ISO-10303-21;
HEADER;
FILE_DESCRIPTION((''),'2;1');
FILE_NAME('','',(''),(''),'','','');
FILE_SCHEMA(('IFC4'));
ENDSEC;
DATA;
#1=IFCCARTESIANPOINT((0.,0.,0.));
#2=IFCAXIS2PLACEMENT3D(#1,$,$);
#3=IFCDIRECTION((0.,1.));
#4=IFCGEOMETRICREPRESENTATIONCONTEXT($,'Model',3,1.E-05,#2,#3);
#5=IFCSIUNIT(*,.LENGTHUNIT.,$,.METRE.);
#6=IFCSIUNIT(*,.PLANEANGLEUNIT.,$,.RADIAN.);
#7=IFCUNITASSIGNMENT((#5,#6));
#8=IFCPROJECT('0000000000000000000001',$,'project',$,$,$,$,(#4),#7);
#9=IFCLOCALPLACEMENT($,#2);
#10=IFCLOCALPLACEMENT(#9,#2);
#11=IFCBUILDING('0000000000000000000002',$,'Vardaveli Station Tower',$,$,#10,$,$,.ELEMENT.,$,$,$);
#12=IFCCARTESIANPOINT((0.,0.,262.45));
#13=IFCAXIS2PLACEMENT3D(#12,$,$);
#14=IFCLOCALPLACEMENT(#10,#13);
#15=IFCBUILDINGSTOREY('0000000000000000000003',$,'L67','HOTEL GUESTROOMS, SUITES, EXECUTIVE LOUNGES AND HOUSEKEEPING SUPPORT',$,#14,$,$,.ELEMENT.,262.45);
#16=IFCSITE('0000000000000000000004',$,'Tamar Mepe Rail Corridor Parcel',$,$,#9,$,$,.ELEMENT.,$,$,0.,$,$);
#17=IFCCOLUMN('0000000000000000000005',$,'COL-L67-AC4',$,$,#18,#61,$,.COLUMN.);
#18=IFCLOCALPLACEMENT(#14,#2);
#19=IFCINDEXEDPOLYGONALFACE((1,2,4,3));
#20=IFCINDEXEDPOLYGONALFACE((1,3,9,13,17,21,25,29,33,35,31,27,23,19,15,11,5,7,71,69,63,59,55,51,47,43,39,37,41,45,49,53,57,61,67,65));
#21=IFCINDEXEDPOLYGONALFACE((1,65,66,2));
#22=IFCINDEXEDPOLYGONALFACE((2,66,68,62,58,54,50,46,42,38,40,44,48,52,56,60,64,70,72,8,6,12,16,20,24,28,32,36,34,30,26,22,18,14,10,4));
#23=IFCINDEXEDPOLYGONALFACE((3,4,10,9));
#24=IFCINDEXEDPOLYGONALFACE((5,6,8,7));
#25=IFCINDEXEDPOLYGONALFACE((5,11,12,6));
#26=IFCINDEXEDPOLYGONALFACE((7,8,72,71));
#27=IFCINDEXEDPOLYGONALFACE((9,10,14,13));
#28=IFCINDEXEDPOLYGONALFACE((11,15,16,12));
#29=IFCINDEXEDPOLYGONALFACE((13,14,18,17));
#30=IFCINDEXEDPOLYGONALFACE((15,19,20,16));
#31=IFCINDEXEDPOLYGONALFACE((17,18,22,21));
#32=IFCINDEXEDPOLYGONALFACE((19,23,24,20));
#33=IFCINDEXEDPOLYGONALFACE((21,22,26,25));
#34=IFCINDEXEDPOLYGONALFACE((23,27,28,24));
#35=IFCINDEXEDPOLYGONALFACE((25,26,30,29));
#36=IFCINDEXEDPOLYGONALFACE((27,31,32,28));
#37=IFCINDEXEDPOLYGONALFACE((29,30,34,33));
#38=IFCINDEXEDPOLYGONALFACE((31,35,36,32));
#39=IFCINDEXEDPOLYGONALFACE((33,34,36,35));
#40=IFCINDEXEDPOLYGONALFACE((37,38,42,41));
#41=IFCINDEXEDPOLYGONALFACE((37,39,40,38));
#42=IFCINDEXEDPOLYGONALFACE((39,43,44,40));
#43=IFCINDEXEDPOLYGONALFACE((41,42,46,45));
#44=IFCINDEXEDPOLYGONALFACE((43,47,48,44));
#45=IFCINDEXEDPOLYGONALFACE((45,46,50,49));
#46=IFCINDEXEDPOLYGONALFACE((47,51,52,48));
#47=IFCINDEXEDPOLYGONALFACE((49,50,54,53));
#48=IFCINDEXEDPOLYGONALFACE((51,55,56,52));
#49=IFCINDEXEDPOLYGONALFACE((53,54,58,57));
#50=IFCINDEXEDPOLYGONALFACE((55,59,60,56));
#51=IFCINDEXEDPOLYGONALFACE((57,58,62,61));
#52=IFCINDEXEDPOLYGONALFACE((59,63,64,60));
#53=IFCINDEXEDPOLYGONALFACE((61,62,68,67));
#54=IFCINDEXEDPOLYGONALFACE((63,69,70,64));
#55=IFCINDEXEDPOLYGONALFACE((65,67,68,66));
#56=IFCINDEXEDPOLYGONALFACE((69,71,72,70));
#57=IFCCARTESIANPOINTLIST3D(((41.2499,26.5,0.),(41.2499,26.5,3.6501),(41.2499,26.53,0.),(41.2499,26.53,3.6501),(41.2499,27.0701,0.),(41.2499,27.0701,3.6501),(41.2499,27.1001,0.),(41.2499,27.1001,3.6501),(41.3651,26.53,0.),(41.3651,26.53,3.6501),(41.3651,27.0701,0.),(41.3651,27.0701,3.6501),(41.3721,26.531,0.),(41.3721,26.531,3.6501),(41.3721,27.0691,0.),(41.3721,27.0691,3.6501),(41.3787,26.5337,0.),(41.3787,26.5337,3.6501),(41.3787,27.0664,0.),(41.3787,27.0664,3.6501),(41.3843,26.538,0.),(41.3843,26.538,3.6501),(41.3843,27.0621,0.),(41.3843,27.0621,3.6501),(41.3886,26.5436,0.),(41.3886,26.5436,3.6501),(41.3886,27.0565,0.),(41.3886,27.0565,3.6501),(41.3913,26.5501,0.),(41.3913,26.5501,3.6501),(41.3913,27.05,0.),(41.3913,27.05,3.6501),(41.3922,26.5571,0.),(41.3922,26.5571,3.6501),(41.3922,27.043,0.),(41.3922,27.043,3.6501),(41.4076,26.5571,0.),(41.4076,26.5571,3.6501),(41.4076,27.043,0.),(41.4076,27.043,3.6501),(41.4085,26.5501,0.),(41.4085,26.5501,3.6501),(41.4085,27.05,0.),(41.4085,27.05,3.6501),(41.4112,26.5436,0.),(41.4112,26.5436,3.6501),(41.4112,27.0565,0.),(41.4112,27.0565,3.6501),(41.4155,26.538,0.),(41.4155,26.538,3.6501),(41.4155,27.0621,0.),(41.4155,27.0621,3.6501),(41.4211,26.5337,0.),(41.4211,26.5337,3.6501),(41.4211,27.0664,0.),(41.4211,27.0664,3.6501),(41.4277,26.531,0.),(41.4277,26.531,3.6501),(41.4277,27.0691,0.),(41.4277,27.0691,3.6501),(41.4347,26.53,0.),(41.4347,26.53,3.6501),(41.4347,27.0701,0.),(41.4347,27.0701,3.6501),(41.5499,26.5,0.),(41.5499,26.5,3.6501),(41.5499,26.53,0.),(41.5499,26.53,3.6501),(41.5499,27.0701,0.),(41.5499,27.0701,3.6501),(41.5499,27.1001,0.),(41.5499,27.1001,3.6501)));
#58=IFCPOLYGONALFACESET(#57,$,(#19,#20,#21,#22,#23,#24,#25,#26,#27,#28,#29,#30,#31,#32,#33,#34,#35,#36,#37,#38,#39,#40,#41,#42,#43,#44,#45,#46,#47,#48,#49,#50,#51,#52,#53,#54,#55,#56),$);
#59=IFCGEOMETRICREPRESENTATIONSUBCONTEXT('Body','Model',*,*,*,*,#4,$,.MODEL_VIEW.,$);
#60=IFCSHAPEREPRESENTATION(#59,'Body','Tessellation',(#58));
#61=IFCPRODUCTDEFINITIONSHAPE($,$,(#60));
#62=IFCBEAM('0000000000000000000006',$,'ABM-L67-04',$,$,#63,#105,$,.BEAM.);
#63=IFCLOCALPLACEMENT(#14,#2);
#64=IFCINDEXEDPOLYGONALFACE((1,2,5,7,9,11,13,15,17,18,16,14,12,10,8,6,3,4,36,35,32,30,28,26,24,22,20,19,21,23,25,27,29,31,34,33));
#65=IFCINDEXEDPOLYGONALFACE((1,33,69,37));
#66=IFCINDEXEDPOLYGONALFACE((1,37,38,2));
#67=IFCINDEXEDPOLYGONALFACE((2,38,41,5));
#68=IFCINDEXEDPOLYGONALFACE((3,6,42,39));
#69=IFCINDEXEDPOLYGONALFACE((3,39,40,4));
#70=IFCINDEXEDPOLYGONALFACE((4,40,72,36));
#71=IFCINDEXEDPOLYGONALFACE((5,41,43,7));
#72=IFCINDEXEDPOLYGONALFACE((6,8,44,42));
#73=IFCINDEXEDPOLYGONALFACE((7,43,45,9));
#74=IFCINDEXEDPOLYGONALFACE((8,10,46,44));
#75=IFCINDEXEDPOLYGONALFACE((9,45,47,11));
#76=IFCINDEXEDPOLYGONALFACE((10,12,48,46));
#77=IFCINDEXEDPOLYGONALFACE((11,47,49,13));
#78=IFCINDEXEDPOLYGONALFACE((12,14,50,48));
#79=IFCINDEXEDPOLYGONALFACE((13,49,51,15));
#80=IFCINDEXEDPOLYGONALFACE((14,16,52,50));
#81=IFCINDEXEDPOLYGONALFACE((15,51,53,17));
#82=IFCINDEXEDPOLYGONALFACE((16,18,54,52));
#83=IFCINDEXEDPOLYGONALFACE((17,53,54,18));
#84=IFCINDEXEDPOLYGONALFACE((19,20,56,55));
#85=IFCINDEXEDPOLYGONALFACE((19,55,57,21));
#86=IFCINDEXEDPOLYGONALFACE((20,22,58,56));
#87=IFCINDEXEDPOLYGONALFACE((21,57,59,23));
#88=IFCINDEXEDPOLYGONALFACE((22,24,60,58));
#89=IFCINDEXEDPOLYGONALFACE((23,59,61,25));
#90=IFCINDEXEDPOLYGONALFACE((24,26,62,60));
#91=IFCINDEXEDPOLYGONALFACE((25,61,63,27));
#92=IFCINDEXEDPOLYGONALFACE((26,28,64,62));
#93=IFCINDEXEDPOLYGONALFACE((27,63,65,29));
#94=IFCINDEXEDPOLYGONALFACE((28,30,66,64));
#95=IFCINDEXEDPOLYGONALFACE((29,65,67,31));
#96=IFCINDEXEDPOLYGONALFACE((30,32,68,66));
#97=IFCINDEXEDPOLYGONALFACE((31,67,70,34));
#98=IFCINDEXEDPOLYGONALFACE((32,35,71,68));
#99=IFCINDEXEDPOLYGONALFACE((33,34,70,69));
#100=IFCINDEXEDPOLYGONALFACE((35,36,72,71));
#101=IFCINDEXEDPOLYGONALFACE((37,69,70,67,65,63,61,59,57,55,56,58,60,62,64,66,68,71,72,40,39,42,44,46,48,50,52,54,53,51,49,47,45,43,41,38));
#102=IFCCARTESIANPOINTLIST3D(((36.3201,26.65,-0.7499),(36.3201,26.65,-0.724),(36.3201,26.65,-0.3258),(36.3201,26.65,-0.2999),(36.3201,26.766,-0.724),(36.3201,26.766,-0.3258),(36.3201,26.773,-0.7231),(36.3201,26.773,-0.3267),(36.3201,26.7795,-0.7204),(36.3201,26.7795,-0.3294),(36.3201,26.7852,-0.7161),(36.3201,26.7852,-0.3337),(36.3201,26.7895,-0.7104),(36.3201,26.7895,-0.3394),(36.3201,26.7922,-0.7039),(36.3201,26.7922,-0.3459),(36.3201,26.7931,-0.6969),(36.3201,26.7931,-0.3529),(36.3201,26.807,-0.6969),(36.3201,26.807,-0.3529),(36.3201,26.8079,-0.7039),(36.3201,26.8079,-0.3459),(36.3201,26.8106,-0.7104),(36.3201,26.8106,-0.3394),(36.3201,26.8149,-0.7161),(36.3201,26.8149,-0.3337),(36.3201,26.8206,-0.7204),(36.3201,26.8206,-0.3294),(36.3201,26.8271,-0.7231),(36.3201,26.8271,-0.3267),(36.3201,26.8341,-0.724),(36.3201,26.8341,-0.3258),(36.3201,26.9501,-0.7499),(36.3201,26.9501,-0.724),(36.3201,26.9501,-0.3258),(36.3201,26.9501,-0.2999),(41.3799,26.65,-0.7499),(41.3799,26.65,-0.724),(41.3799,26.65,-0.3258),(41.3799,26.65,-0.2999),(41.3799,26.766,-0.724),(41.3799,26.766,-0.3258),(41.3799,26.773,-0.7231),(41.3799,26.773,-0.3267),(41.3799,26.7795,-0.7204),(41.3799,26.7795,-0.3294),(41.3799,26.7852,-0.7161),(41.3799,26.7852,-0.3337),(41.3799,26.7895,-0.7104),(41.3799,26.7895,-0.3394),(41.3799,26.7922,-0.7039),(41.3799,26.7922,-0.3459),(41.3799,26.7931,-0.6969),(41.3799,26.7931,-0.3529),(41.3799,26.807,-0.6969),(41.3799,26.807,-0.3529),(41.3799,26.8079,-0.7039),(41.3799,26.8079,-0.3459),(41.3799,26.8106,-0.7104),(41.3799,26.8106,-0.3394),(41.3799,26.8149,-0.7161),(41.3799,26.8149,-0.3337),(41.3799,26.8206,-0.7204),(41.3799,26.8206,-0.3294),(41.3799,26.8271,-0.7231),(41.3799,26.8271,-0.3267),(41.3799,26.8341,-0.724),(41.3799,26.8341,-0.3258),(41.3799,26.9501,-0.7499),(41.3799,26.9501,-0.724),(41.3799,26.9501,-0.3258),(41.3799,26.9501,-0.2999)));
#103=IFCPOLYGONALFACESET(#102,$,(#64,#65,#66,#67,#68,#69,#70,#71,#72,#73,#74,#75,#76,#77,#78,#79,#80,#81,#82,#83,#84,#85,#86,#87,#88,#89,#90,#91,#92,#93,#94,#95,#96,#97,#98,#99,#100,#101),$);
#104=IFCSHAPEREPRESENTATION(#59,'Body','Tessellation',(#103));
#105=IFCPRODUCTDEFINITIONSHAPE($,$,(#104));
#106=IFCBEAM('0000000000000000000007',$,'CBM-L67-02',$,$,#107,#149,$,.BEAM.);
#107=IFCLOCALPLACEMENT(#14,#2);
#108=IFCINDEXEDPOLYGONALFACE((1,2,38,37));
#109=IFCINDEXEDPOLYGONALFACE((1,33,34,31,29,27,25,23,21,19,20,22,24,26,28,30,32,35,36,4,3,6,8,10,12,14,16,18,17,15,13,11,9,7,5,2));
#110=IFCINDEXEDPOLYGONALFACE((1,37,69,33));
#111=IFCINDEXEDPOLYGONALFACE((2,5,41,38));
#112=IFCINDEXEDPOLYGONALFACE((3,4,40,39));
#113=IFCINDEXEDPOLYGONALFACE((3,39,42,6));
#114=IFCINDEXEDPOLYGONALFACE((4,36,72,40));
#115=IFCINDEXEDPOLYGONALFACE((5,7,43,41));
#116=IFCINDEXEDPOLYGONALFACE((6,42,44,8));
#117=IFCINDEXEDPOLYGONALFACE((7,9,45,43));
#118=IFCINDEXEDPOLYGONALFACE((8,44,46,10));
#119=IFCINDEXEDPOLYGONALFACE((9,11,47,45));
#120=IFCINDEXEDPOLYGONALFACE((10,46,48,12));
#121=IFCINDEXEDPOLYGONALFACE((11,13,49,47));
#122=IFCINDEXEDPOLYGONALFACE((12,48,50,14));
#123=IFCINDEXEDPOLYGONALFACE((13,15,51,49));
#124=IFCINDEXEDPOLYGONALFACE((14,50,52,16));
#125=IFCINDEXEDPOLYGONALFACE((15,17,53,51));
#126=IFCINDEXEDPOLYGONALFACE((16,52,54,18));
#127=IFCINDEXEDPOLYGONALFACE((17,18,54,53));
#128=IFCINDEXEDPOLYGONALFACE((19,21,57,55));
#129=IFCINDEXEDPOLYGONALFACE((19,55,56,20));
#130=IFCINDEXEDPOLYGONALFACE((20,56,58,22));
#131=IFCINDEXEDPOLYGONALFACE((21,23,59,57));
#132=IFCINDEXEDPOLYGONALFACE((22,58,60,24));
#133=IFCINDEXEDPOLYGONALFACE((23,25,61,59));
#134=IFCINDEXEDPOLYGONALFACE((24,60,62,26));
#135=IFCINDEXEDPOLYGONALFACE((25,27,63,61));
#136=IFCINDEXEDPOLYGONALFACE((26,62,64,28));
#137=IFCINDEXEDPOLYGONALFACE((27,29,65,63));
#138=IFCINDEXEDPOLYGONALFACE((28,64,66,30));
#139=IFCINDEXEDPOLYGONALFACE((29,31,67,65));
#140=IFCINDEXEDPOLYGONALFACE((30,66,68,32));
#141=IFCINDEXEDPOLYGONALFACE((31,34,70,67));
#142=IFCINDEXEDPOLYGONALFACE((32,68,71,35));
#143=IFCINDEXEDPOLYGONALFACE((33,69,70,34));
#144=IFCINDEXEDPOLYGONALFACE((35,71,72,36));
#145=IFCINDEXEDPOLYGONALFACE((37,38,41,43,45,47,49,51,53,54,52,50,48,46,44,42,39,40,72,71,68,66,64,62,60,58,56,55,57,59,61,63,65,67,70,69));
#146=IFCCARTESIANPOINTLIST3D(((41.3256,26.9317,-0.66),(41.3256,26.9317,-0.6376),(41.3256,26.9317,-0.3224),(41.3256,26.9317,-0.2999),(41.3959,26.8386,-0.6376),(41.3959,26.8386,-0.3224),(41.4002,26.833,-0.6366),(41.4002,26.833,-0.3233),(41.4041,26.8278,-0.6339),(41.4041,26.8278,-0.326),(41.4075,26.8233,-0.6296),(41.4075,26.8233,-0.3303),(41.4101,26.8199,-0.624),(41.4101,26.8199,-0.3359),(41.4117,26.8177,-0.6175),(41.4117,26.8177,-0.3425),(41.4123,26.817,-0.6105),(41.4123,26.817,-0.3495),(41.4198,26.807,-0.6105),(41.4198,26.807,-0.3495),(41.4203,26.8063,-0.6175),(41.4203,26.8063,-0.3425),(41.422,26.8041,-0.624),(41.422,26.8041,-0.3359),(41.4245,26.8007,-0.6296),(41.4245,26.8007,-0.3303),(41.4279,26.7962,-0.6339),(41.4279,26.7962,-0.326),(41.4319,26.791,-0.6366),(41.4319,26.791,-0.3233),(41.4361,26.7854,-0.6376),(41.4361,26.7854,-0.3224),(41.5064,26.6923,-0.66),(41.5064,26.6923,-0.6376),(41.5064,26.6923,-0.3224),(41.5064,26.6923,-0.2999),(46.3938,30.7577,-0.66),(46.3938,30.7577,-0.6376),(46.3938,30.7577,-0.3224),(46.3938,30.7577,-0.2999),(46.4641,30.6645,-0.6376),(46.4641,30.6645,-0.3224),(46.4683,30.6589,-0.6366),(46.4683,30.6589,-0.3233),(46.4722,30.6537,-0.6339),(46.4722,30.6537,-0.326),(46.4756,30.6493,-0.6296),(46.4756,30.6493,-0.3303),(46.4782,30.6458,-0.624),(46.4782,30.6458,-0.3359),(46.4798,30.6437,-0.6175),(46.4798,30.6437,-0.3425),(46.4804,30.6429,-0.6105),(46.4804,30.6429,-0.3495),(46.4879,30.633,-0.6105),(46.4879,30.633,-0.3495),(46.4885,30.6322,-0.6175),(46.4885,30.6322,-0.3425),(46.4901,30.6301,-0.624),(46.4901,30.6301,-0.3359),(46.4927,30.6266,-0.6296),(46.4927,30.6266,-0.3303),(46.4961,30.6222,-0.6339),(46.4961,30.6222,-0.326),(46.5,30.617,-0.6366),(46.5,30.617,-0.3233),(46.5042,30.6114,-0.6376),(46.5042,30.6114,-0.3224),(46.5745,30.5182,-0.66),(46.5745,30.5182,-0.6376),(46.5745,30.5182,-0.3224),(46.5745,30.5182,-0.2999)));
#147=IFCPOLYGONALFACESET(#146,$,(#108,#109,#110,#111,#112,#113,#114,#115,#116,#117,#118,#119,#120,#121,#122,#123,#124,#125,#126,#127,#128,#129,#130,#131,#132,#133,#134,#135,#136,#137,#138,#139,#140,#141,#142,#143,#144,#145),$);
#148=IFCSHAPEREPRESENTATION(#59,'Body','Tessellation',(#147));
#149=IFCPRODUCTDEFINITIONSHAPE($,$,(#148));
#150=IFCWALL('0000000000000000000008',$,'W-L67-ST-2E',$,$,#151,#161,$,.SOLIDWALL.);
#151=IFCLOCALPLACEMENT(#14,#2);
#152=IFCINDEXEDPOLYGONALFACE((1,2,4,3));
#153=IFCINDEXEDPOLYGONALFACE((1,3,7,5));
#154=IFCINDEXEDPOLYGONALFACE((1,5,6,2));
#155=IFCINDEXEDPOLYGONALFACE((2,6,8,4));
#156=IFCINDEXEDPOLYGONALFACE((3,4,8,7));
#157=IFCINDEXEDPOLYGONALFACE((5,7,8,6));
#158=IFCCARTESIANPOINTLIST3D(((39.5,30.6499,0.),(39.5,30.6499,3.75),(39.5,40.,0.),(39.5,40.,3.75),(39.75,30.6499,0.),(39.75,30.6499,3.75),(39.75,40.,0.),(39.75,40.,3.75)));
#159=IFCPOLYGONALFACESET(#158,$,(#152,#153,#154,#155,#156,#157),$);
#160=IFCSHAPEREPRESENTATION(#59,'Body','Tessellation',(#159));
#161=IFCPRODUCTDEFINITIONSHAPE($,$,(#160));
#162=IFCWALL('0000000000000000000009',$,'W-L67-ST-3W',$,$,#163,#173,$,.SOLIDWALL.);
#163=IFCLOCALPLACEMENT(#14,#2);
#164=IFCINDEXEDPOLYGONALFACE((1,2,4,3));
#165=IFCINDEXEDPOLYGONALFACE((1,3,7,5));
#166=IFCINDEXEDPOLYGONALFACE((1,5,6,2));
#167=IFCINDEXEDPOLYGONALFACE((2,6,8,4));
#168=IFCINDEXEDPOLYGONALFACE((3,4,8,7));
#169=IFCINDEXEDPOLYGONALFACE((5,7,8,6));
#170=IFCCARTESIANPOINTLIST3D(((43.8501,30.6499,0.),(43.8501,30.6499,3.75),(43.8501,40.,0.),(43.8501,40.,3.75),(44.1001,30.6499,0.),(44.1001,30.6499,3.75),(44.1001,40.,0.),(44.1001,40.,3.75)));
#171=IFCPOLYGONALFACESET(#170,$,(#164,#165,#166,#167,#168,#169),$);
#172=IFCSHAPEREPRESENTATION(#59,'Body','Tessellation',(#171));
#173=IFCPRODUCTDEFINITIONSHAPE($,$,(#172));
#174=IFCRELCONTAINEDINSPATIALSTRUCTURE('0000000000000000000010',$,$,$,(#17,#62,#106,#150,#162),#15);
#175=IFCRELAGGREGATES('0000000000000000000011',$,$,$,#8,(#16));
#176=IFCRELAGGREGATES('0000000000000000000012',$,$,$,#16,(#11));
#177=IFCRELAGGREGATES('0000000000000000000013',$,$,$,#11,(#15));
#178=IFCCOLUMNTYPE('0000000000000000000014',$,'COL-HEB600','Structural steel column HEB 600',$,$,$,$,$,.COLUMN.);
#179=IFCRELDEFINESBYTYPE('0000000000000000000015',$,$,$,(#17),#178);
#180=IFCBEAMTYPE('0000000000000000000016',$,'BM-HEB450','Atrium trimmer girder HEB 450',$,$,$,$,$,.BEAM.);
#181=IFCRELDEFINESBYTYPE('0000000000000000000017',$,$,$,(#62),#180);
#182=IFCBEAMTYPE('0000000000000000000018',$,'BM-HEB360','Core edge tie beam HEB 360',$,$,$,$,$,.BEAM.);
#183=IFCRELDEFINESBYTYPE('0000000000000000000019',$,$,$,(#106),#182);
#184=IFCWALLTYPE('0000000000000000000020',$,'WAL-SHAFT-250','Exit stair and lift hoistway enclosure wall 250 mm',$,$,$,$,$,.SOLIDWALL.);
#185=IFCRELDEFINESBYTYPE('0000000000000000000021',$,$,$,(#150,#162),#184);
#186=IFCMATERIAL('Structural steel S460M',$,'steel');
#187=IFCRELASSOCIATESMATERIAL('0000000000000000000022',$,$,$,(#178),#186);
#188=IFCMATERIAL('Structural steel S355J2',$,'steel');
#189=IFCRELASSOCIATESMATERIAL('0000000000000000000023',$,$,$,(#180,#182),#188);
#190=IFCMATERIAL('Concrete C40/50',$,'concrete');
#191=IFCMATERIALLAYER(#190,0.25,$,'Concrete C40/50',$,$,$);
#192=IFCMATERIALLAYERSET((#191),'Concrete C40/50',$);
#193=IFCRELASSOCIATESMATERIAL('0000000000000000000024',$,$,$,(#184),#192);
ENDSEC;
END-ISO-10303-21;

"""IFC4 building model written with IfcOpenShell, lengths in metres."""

from ifc_helpers import new_model, si_unit, direction, frame, frame_2d, origin, origin_2d, place, context, subcontext, project, spatial, rectangle, i_section, extrude, source, transform, mapped, material, layer, layer_set, material_profile, profile_set, type_object, element, save


model = new_model("IFC4")

# Units and contexts
model_context = context("Model", 3, precision=1e-05, world=origin(), true_north=direction((0.0, 1.0)))
body_context = subcontext(model_context, "Body", "Model", "MODEL_VIEW")
ifc_project = project(units=[si_unit("LENGTHUNIT", "METRE"), si_unit("PLANEANGLEUNIT", "RADIAN")], contexts=[model_context])

# Site, building, storey
site_placement = place(None, origin())
site = spatial("IfcSite", under=ifc_project, at=site_placement, Name="Tamar Mepe Rail Corridor Parcel", CompositionType="ELEMENT", RefElevation=0.0)
building_placement = place(site_placement, origin())
building = spatial("IfcBuilding", under=site, at=building_placement, Name="Vardaveli Station Tower", CompositionType="ELEMENT")
storey_placement = place(building_placement, frame((0.0, 0.0, 262.45)))
storey = spatial("IfcBuildingStorey", under=building, at=storey_placement, Name="L67", Description="HOTEL GUESTROOMS, SUITES, EXECUTIVE LOUNGES AND HOUSEKEEPING SUPPORT", CompositionType="ELEMENT", Elevation=262.45)

# Column
ifc_material_1 = material(Name="Structural steel S460M", Category="steel")
ifc_material_profile_1 = material_profile(ifc_material_1, i_section(OverallWidth=0.3, OverallDepth=0.6001, WebThickness=0.0154, FlangeThickness=0.03, FilletRadius=0.0271, at=origin_2d()), Name="HEB 600")
ifc_profile_set_1 = profile_set([ifc_material_profile_1], Name="Structural steel S460M")
column_type = type_object("IfcColumnType", Name="COL-HEB600", Description="Structural steel column HEB 600", PredefinedType="COLUMN", material=ifc_profile_set_1)
shared_shape_1 = source(origin(), body_context, "Body", "SweptSolid", [
    extrude(i_section(OverallWidth=0.3, OverallDepth=0.6001, WebThickness=0.0154, FlangeThickness=0.03, FilletRadius=0.0271, at=origin_2d()), origin(), (0.0, 0.0, 1.0), 3.6501),
])
column_placement = place(storey_placement, frame((41.3999, 26.8, 0.0), z_axis=(0.0, 0.0, 1.0), x_axis=(1.0, 0.0, 0.0)))
element("IfcColumn", 1, at=column_placement, inside=storey, type_object=column_type, Name="COL-L67-AC4", PredefinedType="COLUMN", context=body_context, shape_type="MappedRepresentation", body=[
    mapped(shared_shape_1, transform((0.0, 0.0, 0.0), scale=1.0)),
])

# Beams
ifc_material_2 = material(Name="Structural steel S355J2", Category="steel")
ifc_material_profile_2 = material_profile(ifc_material_2, i_section(OverallWidth=0.3, OverallDepth=0.45, WebThickness=0.0139, FlangeThickness=0.0259, FilletRadius=0.0271, at=origin_2d()), Name="HEB 450")
ifc_profile_set_2 = profile_set([ifc_material_profile_2], Name="Structural steel S355J2")
beam_type_1 = type_object("IfcBeamType", Name="BM-HEB450", Description="Atrium trimmer girder HEB 450", PredefinedType="BEAM", material=ifc_profile_set_2)
shared_shape_2 = source(origin(), body_context, "Body", "SweptSolid", [
    extrude(i_section(OverallWidth=0.3, OverallDepth=0.45, WebThickness=0.0139, FlangeThickness=0.0259, FilletRadius=0.0271, at=origin_2d()), origin(), (0.0, 0.0, 1.0), 5.0598),
])
beam_1_placement = place(storey_placement, frame((41.3799, 26.8, -0.5249), z_axis=(-1.0, 0.0, 0.0), x_axis=(0.0, -1.0, 0.0)))
element("IfcBeam", 2, at=beam_1_placement, inside=storey, type_object=beam_type_1, Name="ABM-L67-04", PredefinedType="BEAM", context=body_context, shape_type="MappedRepresentation", body=[
    mapped(shared_shape_2, transform((0.0, 0.0, 0.0), scale=1.0)),
])
ifc_material_profile_3 = material_profile(ifc_material_2, i_section(OverallWidth=0.3, OverallDepth=0.3601, WebThickness=0.0125, FlangeThickness=0.0225, FilletRadius=0.0271, at=origin_2d()), Name="HEB 360")
ifc_profile_set_3 = profile_set([ifc_material_profile_3], Name="Structural steel S355J2")
beam_type_2 = type_object("IfcBeamType", Name="BM-HEB360", Description="Core edge tie beam HEB 360", PredefinedType="BEAM", material=ifc_profile_set_3)
shared_shape_3 = source(origin(), body_context, "Body", "SweptSolid", [
    extrude(i_section(OverallWidth=0.3, OverallDepth=0.3601, WebThickness=0.0125, FlangeThickness=0.0225, FilletRadius=0.0271, at=origin_2d()), origin(), (0.0, 0.0, 1.0), 6.3501),
])
beam_2_placement = place(storey_placement, frame((41.416, 26.812, -0.48), z_axis=(0.798118, 0.602501, 0.0), x_axis=(-0.602501, 0.798118, 0.0)))
element("IfcBeam", 3, at=beam_2_placement, inside=storey, type_object=beam_type_2, Name="CBM-L67-02", PredefinedType="BEAM", context=body_context, shape_type="MappedRepresentation", body=[
    mapped(shared_shape_3, transform((0.0, 0.0, 0.0), scale=1.0)),
])

# Walls
ifc_material_3 = material(Name="Concrete C40/50", Category="concrete")
ifc_layer_1 = layer(ifc_material_3, 0.25, Name="Concrete C40/50")
ifc_layer_set_1 = layer_set([ifc_layer_1], Name="Concrete C40/50")
wall_type_1 = type_object("IfcWallType", Name="WAL-SHAFT-250", Description="Exit stair and lift hoistway enclosure wall 250 mm", PredefinedType="SOLIDWALL", material=ifc_layer_set_1)
shared_shape_4 = source(origin(), body_context, "Body", "SweptSolid", [
    extrude(rectangle(XDim=9.3501, YDim=0.25, at=frame_2d((4.675, 0.0))), origin(), (0.0, 0.0, 1.0), 3.75),
])
for number, where, z_axis, x_axis, name in (
    (4, (39.625, 30.6499, 0.0), (0.0, 0.0, 1.0), (0.0, 1.0, 0.0), "W-L67-ST-2E"),
    (5, (43.9751, 30.6499, 0.0), (0.0, 0.0, 1.0), (0.0, 1.0, 0.0), "W-L67-ST-3W"),
):
    element("IfcWall", number, at=place(storey_placement, frame(where, z_axis=z_axis, x_axis=x_axis)), inside=storey, type_object=wall_type_1, Name=name, PredefinedType="SOLIDWALL", context=body_context, shape_type="MappedRepresentation", body=[
        mapped(shared_shape_4, transform((0.0, 0.0, 0.0), scale=1.0)),
    ])

save(model, "model.ifc")
